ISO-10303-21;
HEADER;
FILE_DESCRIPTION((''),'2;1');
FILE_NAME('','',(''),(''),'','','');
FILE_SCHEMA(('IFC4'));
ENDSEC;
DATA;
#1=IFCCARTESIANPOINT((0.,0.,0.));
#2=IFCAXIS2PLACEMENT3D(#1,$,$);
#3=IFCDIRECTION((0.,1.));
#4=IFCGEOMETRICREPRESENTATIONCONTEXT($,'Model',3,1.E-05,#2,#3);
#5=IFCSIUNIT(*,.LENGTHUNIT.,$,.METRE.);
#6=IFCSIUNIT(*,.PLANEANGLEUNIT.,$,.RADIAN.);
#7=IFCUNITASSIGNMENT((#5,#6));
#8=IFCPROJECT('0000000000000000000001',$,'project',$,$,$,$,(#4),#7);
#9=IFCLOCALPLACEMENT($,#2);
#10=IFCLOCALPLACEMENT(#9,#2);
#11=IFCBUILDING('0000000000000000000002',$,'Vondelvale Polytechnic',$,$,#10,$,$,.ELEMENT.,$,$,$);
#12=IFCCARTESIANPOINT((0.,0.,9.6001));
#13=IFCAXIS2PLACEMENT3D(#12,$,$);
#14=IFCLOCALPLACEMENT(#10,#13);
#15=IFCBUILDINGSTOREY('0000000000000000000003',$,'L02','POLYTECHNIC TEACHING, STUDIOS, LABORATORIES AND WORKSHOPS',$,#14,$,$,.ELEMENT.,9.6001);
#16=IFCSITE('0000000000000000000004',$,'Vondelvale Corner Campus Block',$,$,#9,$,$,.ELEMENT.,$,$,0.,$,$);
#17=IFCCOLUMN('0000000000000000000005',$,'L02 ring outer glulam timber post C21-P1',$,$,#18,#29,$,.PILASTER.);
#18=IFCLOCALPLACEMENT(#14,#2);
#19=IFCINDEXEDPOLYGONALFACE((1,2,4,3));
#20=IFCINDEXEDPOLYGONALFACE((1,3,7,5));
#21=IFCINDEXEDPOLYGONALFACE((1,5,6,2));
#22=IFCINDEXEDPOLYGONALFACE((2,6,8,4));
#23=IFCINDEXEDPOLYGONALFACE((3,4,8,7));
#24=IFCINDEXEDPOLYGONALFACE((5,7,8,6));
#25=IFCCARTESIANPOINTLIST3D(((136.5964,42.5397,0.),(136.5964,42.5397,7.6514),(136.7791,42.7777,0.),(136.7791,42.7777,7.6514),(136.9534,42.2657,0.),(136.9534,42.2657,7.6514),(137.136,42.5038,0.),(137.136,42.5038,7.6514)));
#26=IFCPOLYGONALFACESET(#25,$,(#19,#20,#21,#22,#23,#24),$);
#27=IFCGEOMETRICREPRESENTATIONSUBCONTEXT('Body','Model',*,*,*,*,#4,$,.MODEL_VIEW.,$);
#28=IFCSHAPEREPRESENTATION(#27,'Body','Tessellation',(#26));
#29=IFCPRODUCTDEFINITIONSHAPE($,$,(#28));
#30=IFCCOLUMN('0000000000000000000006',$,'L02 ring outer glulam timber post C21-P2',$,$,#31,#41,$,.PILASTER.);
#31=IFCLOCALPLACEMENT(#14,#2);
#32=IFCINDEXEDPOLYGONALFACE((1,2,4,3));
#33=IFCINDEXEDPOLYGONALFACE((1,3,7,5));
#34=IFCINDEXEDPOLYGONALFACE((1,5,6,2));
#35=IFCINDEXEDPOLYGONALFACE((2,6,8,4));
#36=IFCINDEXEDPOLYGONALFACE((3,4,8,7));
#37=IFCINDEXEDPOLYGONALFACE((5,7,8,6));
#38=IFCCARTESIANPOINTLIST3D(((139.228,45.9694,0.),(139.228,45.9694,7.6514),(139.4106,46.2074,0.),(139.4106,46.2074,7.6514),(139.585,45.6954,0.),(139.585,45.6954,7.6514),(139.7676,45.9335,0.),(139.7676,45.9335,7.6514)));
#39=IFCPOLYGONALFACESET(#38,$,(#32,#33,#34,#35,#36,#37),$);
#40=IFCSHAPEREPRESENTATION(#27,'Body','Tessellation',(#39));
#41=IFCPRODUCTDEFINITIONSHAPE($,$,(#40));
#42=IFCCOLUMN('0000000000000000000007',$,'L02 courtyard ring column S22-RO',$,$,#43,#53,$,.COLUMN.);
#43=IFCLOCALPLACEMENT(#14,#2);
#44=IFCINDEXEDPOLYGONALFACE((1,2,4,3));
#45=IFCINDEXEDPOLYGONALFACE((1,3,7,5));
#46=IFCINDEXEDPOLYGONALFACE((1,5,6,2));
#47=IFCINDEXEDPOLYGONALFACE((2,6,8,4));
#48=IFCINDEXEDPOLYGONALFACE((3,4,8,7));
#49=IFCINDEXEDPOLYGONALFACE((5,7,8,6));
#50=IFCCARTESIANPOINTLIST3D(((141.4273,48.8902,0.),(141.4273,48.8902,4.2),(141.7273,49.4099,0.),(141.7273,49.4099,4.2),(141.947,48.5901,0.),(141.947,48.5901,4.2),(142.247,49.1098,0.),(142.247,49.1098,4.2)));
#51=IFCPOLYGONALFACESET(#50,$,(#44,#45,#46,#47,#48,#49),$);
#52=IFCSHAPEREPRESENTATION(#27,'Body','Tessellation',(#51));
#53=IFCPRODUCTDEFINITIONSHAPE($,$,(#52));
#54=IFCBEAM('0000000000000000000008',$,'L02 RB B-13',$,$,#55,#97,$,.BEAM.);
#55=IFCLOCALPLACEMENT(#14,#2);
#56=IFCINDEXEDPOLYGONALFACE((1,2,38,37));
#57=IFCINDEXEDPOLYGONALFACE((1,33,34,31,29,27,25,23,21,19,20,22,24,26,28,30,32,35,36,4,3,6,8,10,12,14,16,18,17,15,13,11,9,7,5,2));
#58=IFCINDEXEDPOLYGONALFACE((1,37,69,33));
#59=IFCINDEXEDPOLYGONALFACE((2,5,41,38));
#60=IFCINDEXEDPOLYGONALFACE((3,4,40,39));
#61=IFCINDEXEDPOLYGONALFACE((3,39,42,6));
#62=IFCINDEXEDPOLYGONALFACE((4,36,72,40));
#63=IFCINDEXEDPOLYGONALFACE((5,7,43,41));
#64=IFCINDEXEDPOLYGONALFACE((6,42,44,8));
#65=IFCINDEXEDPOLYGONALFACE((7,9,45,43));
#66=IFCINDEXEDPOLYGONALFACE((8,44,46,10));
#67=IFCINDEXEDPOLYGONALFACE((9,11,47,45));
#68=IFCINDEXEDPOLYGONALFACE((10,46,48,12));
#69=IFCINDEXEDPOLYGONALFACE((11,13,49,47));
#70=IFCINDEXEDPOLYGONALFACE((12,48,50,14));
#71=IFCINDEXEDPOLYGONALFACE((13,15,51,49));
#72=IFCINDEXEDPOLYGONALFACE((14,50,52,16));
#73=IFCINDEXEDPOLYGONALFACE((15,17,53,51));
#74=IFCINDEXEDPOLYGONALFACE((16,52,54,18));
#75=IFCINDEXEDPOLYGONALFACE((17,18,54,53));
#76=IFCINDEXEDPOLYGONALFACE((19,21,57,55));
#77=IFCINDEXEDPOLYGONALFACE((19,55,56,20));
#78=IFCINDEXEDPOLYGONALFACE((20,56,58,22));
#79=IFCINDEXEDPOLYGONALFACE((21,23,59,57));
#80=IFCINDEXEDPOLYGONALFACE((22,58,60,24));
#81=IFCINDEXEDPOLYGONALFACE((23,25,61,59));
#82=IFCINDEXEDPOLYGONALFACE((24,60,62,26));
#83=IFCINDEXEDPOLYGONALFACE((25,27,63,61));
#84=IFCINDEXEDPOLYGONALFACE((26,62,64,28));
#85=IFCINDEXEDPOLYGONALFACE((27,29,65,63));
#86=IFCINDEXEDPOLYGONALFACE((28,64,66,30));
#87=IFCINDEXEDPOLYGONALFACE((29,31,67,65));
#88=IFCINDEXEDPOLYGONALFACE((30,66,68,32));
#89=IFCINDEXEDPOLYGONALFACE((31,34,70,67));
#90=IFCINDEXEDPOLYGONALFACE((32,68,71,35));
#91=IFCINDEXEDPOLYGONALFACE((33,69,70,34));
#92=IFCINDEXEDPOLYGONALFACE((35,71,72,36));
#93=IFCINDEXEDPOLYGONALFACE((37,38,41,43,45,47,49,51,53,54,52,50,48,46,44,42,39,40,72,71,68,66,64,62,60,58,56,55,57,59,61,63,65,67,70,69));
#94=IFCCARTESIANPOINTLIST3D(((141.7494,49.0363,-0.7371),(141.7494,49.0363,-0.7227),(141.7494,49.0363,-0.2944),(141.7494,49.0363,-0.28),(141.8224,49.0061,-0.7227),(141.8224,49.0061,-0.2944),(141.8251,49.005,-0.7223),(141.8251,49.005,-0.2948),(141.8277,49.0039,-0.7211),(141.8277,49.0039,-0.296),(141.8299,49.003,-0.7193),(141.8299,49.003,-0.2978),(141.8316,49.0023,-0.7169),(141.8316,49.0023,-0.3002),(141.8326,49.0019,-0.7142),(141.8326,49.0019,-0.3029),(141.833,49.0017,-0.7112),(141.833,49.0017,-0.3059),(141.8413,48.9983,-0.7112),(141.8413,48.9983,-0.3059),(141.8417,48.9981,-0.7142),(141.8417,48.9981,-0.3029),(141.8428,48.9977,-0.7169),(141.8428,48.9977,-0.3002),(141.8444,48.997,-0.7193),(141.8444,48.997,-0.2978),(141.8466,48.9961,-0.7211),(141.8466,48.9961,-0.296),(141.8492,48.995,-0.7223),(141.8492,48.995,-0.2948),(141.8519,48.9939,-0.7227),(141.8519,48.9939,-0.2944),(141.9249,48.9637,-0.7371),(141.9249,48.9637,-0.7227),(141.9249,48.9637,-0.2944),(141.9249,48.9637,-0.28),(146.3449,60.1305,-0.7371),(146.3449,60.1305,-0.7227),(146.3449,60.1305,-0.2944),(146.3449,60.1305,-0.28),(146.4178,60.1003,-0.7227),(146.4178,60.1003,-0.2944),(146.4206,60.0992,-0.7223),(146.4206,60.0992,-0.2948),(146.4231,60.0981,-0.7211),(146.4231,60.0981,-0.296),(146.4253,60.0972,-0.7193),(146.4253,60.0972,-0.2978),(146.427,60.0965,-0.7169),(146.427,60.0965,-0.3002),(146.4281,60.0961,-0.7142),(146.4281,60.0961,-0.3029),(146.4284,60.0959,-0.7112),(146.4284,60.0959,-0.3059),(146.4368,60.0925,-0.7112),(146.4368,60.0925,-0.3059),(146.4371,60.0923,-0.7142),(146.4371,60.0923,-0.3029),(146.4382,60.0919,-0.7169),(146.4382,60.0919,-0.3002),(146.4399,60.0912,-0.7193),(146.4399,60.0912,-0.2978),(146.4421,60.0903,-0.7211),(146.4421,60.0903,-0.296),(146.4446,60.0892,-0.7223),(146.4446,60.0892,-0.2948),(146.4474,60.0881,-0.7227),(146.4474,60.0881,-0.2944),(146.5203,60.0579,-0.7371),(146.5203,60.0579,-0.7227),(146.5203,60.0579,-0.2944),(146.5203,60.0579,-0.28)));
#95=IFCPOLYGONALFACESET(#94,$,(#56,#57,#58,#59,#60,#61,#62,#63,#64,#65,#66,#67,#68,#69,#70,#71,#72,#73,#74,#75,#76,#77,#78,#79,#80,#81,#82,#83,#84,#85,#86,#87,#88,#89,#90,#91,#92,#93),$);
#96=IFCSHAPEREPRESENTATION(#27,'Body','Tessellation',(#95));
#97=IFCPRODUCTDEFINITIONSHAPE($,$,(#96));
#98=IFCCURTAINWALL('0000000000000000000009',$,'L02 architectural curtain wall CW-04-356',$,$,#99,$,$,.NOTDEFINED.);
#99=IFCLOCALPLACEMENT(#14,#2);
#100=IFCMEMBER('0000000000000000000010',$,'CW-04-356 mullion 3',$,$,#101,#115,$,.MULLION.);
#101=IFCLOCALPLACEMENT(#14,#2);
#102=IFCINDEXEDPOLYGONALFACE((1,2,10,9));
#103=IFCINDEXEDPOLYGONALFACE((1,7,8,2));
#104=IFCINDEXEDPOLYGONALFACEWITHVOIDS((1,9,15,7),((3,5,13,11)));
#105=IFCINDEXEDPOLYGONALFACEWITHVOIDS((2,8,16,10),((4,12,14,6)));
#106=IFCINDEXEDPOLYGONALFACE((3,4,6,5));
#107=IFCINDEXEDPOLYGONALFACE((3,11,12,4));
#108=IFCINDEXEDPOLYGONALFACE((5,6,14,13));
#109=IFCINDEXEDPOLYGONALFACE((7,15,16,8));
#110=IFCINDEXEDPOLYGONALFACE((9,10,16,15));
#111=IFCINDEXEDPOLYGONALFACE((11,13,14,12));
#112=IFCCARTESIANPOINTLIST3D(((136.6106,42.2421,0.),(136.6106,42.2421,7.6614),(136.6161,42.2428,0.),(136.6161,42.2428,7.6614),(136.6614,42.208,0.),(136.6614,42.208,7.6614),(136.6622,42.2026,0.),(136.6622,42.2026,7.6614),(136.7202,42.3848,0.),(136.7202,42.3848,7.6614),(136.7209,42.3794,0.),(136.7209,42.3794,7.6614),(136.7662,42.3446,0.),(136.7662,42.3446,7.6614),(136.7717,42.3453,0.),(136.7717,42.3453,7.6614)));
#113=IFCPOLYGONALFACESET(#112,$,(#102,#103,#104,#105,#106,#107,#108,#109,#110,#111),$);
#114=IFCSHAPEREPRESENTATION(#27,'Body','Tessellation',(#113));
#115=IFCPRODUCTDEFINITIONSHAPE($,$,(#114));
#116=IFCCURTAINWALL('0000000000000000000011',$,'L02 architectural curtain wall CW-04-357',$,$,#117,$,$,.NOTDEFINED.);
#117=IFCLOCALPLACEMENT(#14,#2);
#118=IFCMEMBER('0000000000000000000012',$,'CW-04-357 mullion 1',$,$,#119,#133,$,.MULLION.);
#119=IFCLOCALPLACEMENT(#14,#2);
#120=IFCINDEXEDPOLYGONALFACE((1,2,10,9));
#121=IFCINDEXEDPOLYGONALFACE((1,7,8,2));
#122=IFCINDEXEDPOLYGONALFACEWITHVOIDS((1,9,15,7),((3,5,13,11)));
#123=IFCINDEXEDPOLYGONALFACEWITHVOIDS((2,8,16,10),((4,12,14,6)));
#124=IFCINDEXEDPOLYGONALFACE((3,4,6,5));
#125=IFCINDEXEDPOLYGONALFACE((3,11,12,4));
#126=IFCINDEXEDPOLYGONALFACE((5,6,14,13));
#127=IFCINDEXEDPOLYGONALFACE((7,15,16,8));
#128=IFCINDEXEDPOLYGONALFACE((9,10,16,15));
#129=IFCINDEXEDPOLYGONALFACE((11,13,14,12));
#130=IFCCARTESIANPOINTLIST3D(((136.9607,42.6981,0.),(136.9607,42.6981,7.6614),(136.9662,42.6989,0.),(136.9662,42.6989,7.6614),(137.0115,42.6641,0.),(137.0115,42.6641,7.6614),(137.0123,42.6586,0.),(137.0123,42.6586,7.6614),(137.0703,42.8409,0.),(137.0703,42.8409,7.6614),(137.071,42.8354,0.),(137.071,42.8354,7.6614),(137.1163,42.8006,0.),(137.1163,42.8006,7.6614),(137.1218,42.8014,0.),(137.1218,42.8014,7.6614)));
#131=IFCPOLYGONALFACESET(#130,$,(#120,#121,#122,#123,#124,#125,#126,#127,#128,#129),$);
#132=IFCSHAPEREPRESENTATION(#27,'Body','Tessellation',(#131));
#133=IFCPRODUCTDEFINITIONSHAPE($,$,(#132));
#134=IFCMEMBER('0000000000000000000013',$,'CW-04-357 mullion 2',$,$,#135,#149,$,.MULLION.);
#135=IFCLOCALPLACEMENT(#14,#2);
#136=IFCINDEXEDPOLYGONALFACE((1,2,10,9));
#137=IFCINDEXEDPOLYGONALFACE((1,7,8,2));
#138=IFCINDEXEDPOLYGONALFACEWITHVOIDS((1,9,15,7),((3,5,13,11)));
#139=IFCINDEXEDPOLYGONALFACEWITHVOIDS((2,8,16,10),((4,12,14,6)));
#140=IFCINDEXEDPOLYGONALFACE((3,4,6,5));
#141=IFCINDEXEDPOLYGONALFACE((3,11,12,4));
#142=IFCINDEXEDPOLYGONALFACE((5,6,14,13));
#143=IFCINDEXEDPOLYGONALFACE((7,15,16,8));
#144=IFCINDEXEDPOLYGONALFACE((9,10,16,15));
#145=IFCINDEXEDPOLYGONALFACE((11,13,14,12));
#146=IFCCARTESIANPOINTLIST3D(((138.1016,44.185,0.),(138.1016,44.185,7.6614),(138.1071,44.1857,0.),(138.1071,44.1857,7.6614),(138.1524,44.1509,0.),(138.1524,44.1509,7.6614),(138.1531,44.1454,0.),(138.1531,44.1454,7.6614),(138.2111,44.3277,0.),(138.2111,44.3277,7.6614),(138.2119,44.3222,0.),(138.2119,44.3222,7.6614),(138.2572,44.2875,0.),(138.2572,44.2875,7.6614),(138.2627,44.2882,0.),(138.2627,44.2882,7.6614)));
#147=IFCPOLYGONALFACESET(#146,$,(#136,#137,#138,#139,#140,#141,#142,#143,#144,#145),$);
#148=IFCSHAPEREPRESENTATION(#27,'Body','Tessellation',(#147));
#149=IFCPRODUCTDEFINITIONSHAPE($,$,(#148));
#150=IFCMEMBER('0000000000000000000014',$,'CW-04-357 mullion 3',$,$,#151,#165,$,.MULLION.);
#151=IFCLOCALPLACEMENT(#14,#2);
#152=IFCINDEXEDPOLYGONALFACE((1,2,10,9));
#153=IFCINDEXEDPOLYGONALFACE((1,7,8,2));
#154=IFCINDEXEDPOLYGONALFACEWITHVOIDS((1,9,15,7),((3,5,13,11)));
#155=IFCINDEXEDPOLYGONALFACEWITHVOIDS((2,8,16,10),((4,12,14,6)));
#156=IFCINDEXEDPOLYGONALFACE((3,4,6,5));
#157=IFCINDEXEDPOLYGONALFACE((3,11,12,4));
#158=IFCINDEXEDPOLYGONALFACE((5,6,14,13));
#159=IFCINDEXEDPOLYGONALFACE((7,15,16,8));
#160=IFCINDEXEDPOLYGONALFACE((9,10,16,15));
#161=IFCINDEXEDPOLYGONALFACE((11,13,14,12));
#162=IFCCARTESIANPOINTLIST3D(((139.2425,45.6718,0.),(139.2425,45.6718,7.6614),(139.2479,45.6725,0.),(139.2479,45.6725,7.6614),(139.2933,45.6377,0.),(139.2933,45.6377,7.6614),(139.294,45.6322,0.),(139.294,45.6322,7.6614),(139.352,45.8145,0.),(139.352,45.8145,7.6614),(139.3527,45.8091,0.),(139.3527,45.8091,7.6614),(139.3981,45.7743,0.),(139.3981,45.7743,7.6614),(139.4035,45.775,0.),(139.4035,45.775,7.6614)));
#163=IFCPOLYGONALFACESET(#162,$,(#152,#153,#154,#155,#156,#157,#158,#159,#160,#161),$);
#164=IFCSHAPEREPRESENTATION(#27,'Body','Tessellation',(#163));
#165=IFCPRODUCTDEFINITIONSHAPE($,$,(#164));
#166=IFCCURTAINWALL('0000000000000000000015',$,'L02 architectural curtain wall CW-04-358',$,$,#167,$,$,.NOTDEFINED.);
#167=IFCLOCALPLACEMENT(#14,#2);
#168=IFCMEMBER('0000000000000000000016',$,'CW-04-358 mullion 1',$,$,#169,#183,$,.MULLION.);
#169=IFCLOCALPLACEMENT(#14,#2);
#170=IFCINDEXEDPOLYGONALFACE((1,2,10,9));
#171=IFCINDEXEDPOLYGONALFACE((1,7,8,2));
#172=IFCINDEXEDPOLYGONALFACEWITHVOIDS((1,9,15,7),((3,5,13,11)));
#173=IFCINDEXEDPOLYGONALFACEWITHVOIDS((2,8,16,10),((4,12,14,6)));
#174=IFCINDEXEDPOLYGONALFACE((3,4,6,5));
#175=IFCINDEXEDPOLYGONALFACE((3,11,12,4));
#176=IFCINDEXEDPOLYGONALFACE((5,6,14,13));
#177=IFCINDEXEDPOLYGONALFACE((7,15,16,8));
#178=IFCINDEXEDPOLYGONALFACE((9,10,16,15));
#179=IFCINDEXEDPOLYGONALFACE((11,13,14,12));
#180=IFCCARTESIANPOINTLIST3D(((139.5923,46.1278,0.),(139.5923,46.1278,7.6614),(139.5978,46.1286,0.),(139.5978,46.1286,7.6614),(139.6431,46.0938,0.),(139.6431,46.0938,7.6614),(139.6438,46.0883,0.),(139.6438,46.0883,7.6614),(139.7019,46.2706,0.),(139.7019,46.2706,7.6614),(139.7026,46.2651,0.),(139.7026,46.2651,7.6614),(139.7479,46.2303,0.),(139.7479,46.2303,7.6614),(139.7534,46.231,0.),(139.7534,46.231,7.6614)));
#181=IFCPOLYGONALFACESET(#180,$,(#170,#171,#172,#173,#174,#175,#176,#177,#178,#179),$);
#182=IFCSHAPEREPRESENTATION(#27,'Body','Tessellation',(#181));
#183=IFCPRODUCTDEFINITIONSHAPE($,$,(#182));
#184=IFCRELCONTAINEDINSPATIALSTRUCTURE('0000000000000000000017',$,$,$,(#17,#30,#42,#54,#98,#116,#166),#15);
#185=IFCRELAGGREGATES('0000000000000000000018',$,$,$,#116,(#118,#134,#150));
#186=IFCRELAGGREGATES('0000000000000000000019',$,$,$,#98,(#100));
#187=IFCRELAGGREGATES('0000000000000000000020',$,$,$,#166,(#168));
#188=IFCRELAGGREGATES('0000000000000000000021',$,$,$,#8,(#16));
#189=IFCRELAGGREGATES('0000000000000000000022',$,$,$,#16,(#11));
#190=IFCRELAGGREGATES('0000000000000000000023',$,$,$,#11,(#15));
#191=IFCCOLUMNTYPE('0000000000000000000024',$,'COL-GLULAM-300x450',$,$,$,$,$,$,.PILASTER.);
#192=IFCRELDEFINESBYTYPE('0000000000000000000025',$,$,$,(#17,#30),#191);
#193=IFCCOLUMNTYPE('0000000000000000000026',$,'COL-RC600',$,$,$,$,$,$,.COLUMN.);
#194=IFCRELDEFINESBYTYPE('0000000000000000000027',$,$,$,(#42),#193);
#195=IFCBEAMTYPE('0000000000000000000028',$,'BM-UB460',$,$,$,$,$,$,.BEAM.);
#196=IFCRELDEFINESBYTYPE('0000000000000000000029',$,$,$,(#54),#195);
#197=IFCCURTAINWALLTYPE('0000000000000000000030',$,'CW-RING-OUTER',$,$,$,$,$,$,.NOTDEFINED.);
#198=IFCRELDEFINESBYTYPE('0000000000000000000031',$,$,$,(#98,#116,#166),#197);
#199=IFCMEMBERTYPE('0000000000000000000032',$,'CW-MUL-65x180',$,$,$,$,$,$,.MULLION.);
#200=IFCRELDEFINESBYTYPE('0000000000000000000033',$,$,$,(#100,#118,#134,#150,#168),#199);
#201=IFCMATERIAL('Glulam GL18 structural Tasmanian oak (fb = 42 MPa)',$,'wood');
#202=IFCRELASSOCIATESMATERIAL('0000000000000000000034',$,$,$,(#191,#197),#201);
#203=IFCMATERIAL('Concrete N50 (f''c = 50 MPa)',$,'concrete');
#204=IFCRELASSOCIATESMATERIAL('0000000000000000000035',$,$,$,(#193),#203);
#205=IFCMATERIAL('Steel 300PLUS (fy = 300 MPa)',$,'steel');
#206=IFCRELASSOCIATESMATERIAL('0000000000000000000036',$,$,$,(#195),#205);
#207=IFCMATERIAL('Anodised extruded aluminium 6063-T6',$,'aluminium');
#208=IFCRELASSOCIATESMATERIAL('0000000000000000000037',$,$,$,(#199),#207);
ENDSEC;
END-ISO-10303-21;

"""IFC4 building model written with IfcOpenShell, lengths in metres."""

from ifc_helpers import new_model, si_unit, direction, frame, origin, origin_2d, place, context, subcontext, project, spatial, rectangle, hollow_rectangle, i_section, extrude, material, material_profile, profile_set, type_object, element, aggregate, save


model = new_model("IFC4")

# Units and contexts
model_context = context("Model", 3, precision=1e-05, world=origin(), true_north=direction((0.0, 1.0)))
body_context = subcontext(model_context, "Body", "Model", "MODEL_VIEW")
ifc_project = project(units=[si_unit("LENGTHUNIT", "METRE"), si_unit("PLANEANGLEUNIT", "RADIAN")], contexts=[model_context])

# Site, building, storey
site_placement = place(None, origin())
site = spatial("IfcSite", under=ifc_project, at=site_placement, Name="Vondelvale Corner Campus Block", CompositionType="ELEMENT", RefElevation=0.0)
building_placement = place(site_placement, origin())
building = spatial("IfcBuilding", under=site, at=building_placement, Name="Vondelvale Polytechnic", CompositionType="ELEMENT")
storey_placement = place(building_placement, frame((0.0, 0.0, 9.6001)))
storey = spatial("IfcBuildingStorey", under=building, at=storey_placement, Name="L02", Description="POLYTECHNIC TEACHING, STUDIOS, LABORATORIES AND WORKSHOPS", CompositionType="ELEMENT", Elevation=9.6001)

# Columns
ifc_material_1 = material(Name="Glulam GL18 structural Tasmanian oak (fb = 42 MPa)", Category="wood")
ifc_material_profile_1 = material_profile(ifc_material_1, rectangle(XDim=0.3, YDim=0.45, at=origin_2d()), Name="GL-POST-300x450")
ifc_profile_set_1 = profile_set([ifc_material_profile_1], Name="Glulam GL18 structural Tasmanian oak (fb = 42 MPa)")
column_type_1 = type_object("IfcColumnType", Name="COL-GLULAM-300x450", PredefinedType="PILASTER", material=ifc_profile_set_1)
for number, where, z_axis, x_axis, name in (
    (1, (136.8662, 42.5217, 0.0), (0.0, 0.0, 1.0), (0.608761, 0.793353, 0.0), "L02 ring outer glulam timber post C21-P1"),
    (2, (139.4978, 45.9514, 0.0), (0.0, 0.0, 1.0), (0.608761, 0.793353, 0.0), "L02 ring outer glulam timber post C21-P2"),
):
    element("IfcColumn", number, at=place(storey_placement, frame(where, z_axis=z_axis, x_axis=x_axis)), inside=storey, type_object=column_type_1, Name=name, PredefinedType="PILASTER", context=body_context, shape_type="SweptSolid", body=[
        extrude(rectangle(XDim=0.3, YDim=0.45, at=origin_2d()), origin(), (0.0, 0.0, 1.0), 7.6514),
    ])
ifc_material_2 = material(Name="Concrete N50 (f'c = 50 MPa)", Category="concrete")
ifc_material_profile_2 = material_profile(ifc_material_2, rectangle(XDim=0.6001, YDim=0.6001, at=origin_2d()), Name="RC-COL-600x600")
ifc_profile_set_2 = profile_set([ifc_material_profile_2], Name="Concrete N50 (f'c = 50 MPa)")
column_type_2 = type_object("IfcColumnType", Name="COL-RC600", PredefinedType="COLUMN", material=ifc_profile_set_2)
column_placement = place(storey_placement, frame((141.8372, 49.0, 0.0), z_axis=(0.0, 0.0, 1.0), x_axis=(-0.866025, 0.5, 0.0)))
element("IfcColumn", 3, at=column_placement, inside=storey, type_object=column_type_2, Name="L02 courtyard ring column S22-RO", PredefinedType="COLUMN", context=body_context, shape_type="SweptSolid", body=[
    extrude(rectangle(XDim=0.6001, YDim=0.6001, at=origin_2d()), origin(), (0.0, 0.0, 1.0), 4.2),
])

# Beam
ifc_material_3 = material(Name="Steel 300PLUS (fy = 300 MPa)", Category="steel")
ifc_material_profile_3 = material_profile(ifc_material_3, i_section(OverallWidth=0.1899, OverallDepth=0.457, WebThickness=0.009, FlangeThickness=0.0144, FilletRadius=0.0115, at=origin_2d()), Name="460UB74.6")
ifc_profile_set_3 = profile_set([ifc_material_profile_3], Name="Steel 300PLUS (fy = 300 MPa)")
beam_type = type_object("IfcBeamType", Name="BM-UB460", PredefinedType="BEAM", material=ifc_profile_set_3)
beam_placement = place(storey_placement, frame((141.8372, 49.0, -0.5085), z_axis=(0.382689, 0.923877, 0.0), x_axis=(-0.923877, 0.382689, 0.0)))
element("IfcBeam", 4, at=beam_placement, inside=storey, type_object=beam_type, Name="L02 RB B-13", PredefinedType="BEAM", context=body_context, shape_type="SweptSolid", body=[
    extrude(i_section(OverallWidth=0.1899, OverallDepth=0.457, WebThickness=0.009, FlangeThickness=0.0144, FilletRadius=0.0115, at=origin_2d()), origin(), (0.0, 0.0, 1.0), 12.0083),
])

# Curtain wall, member
curtain_wall_type = type_object("IfcCurtainWallType", Name="CW-RING-OUTER", PredefinedType="NOTDEFINED", material=ifc_material_1)
curtain_wall_1_placement = place(storey_placement, origin())
curtain_wall_1 = element("IfcCurtainWall", 5, at=curtain_wall_1_placement, inside=storey, type_object=curtain_wall_type, Name="L02 architectural curtain wall CW-04-356", PredefinedType="NOTDEFINED")
ifc_material_4 = material(Name="Anodised extruded aluminium 6063-T6", Category="aluminium")
ifc_material_profile_4 = material_profile(ifc_material_4, hollow_rectangle(XDim=0.0649, YDim=0.1799, WallThickness=0.0039, at=origin_2d()), Name="CW-MUL-180x65")
ifc_profile_set_4 = profile_set([ifc_material_profile_4], Name="Anodised extruded aluminium 6063-T6")
member_type_1 = type_object("IfcMemberType", Name="CW-MUL-65x180", PredefinedType="MULLION", material=ifc_profile_set_4)
member_1_placement = place(storey_placement, frame((136.6912, 42.2937, 0.0), z_axis=(0.0, 0.0, 1.0), x_axis=(-0.793334, 0.608787, 0.0)))
member_1 = element("IfcMember", 6, at=member_1_placement, type_object=member_type_1, Name="CW-04-356 mullion 3", PredefinedType="MULLION", context=body_context, shape_type="SweptSolid", body=[
    extrude(hollow_rectangle(XDim=0.0649, YDim=0.1799, WallThickness=0.0039, at=origin_2d()), origin(), (0.0, 0.0, 1.0), 7.6614),
])

# Curtain walls, members
curtain_wall_2_placement = place(storey_placement, origin())
curtain_wall_2 = element("IfcCurtainWall", 7, at=curtain_wall_2_placement, inside=storey, type_object=curtain_wall_type, Name="L02 architectural curtain wall CW-04-357", PredefinedType="NOTDEFINED")
member_2_placement = place(storey_placement, frame((137.0413, 42.7498, 0.0), z_axis=(0.0, 0.0, 1.0), x_axis=(-0.793346, 0.608771, 0.0)))
member_2 = element("IfcMember", 8, at=member_2_placement, type_object=member_type_1, Name="CW-04-357 mullion 1", PredefinedType="MULLION", context=body_context, shape_type="SweptSolid", body=[
    extrude(hollow_rectangle(XDim=0.0649, YDim=0.1799, WallThickness=0.0039, at=origin_2d()), origin(), (0.0, 0.0, 1.0), 7.6614),
])
member_3_placement = place(storey_placement, frame((138.1821, 44.2366, 0.0), z_axis=(0.0, 0.0, 1.0), x_axis=(-0.793346, 0.608771, 0.0)))
member_3 = element("IfcMember", 9, at=member_3_placement, type_object=member_type_1, Name="CW-04-357 mullion 2", PredefinedType="MULLION", context=body_context, shape_type="SweptSolid", body=[
    extrude(hollow_rectangle(XDim=0.0649, YDim=0.1799, WallThickness=0.0039, at=origin_2d()), origin(), (0.0, 0.0, 1.0), 7.6614),
])
member_4_placement = place(storey_placement, frame((139.323, 45.7234, 0.0), z_axis=(0.0, 0.0, 1.0), x_axis=(-0.793346, 0.608771, 0.0)))
member_4 = element("IfcMember", 10, at=member_4_placement, type_object=member_type_1, Name="CW-04-357 mullion 3", PredefinedType="MULLION", context=body_context, shape_type="SweptSolid", body=[
    extrude(hollow_rectangle(XDim=0.0649, YDim=0.1799, WallThickness=0.0039, at=origin_2d()), origin(), (0.0, 0.0, 1.0), 7.6614),
])
curtain_wall_3_placement = place(storey_placement, origin())
curtain_wall_3 = element("IfcCurtainWall", 11, at=curtain_wall_3_placement, inside=storey, type_object=curtain_wall_type, Name="L02 architectural curtain wall CW-04-358", PredefinedType="NOTDEFINED")
member_5_placement = place(storey_placement, frame((139.6729, 46.1794, 0.0), z_axis=(0.0, 0.0, 1.0), x_axis=(-0.793334, 0.608787, 0.0)))
member_5 = element("IfcMember", 12, at=member_5_placement, type_object=member_type_1, Name="CW-04-358 mullion 1", PredefinedType="MULLION", context=body_context, shape_type="SweptSolid", body=[
    extrude(hollow_rectangle(XDim=0.0649, YDim=0.1799, WallThickness=0.0039, at=origin_2d()), origin(), (0.0, 0.0, 1.0), 7.6614),
])

aggregate(curtain_wall_2, [member_2, member_3, member_4])
aggregate(curtain_wall_1, [member_1])
aggregate(curtain_wall_3, [member_5])

save(model, "model.ifc")
